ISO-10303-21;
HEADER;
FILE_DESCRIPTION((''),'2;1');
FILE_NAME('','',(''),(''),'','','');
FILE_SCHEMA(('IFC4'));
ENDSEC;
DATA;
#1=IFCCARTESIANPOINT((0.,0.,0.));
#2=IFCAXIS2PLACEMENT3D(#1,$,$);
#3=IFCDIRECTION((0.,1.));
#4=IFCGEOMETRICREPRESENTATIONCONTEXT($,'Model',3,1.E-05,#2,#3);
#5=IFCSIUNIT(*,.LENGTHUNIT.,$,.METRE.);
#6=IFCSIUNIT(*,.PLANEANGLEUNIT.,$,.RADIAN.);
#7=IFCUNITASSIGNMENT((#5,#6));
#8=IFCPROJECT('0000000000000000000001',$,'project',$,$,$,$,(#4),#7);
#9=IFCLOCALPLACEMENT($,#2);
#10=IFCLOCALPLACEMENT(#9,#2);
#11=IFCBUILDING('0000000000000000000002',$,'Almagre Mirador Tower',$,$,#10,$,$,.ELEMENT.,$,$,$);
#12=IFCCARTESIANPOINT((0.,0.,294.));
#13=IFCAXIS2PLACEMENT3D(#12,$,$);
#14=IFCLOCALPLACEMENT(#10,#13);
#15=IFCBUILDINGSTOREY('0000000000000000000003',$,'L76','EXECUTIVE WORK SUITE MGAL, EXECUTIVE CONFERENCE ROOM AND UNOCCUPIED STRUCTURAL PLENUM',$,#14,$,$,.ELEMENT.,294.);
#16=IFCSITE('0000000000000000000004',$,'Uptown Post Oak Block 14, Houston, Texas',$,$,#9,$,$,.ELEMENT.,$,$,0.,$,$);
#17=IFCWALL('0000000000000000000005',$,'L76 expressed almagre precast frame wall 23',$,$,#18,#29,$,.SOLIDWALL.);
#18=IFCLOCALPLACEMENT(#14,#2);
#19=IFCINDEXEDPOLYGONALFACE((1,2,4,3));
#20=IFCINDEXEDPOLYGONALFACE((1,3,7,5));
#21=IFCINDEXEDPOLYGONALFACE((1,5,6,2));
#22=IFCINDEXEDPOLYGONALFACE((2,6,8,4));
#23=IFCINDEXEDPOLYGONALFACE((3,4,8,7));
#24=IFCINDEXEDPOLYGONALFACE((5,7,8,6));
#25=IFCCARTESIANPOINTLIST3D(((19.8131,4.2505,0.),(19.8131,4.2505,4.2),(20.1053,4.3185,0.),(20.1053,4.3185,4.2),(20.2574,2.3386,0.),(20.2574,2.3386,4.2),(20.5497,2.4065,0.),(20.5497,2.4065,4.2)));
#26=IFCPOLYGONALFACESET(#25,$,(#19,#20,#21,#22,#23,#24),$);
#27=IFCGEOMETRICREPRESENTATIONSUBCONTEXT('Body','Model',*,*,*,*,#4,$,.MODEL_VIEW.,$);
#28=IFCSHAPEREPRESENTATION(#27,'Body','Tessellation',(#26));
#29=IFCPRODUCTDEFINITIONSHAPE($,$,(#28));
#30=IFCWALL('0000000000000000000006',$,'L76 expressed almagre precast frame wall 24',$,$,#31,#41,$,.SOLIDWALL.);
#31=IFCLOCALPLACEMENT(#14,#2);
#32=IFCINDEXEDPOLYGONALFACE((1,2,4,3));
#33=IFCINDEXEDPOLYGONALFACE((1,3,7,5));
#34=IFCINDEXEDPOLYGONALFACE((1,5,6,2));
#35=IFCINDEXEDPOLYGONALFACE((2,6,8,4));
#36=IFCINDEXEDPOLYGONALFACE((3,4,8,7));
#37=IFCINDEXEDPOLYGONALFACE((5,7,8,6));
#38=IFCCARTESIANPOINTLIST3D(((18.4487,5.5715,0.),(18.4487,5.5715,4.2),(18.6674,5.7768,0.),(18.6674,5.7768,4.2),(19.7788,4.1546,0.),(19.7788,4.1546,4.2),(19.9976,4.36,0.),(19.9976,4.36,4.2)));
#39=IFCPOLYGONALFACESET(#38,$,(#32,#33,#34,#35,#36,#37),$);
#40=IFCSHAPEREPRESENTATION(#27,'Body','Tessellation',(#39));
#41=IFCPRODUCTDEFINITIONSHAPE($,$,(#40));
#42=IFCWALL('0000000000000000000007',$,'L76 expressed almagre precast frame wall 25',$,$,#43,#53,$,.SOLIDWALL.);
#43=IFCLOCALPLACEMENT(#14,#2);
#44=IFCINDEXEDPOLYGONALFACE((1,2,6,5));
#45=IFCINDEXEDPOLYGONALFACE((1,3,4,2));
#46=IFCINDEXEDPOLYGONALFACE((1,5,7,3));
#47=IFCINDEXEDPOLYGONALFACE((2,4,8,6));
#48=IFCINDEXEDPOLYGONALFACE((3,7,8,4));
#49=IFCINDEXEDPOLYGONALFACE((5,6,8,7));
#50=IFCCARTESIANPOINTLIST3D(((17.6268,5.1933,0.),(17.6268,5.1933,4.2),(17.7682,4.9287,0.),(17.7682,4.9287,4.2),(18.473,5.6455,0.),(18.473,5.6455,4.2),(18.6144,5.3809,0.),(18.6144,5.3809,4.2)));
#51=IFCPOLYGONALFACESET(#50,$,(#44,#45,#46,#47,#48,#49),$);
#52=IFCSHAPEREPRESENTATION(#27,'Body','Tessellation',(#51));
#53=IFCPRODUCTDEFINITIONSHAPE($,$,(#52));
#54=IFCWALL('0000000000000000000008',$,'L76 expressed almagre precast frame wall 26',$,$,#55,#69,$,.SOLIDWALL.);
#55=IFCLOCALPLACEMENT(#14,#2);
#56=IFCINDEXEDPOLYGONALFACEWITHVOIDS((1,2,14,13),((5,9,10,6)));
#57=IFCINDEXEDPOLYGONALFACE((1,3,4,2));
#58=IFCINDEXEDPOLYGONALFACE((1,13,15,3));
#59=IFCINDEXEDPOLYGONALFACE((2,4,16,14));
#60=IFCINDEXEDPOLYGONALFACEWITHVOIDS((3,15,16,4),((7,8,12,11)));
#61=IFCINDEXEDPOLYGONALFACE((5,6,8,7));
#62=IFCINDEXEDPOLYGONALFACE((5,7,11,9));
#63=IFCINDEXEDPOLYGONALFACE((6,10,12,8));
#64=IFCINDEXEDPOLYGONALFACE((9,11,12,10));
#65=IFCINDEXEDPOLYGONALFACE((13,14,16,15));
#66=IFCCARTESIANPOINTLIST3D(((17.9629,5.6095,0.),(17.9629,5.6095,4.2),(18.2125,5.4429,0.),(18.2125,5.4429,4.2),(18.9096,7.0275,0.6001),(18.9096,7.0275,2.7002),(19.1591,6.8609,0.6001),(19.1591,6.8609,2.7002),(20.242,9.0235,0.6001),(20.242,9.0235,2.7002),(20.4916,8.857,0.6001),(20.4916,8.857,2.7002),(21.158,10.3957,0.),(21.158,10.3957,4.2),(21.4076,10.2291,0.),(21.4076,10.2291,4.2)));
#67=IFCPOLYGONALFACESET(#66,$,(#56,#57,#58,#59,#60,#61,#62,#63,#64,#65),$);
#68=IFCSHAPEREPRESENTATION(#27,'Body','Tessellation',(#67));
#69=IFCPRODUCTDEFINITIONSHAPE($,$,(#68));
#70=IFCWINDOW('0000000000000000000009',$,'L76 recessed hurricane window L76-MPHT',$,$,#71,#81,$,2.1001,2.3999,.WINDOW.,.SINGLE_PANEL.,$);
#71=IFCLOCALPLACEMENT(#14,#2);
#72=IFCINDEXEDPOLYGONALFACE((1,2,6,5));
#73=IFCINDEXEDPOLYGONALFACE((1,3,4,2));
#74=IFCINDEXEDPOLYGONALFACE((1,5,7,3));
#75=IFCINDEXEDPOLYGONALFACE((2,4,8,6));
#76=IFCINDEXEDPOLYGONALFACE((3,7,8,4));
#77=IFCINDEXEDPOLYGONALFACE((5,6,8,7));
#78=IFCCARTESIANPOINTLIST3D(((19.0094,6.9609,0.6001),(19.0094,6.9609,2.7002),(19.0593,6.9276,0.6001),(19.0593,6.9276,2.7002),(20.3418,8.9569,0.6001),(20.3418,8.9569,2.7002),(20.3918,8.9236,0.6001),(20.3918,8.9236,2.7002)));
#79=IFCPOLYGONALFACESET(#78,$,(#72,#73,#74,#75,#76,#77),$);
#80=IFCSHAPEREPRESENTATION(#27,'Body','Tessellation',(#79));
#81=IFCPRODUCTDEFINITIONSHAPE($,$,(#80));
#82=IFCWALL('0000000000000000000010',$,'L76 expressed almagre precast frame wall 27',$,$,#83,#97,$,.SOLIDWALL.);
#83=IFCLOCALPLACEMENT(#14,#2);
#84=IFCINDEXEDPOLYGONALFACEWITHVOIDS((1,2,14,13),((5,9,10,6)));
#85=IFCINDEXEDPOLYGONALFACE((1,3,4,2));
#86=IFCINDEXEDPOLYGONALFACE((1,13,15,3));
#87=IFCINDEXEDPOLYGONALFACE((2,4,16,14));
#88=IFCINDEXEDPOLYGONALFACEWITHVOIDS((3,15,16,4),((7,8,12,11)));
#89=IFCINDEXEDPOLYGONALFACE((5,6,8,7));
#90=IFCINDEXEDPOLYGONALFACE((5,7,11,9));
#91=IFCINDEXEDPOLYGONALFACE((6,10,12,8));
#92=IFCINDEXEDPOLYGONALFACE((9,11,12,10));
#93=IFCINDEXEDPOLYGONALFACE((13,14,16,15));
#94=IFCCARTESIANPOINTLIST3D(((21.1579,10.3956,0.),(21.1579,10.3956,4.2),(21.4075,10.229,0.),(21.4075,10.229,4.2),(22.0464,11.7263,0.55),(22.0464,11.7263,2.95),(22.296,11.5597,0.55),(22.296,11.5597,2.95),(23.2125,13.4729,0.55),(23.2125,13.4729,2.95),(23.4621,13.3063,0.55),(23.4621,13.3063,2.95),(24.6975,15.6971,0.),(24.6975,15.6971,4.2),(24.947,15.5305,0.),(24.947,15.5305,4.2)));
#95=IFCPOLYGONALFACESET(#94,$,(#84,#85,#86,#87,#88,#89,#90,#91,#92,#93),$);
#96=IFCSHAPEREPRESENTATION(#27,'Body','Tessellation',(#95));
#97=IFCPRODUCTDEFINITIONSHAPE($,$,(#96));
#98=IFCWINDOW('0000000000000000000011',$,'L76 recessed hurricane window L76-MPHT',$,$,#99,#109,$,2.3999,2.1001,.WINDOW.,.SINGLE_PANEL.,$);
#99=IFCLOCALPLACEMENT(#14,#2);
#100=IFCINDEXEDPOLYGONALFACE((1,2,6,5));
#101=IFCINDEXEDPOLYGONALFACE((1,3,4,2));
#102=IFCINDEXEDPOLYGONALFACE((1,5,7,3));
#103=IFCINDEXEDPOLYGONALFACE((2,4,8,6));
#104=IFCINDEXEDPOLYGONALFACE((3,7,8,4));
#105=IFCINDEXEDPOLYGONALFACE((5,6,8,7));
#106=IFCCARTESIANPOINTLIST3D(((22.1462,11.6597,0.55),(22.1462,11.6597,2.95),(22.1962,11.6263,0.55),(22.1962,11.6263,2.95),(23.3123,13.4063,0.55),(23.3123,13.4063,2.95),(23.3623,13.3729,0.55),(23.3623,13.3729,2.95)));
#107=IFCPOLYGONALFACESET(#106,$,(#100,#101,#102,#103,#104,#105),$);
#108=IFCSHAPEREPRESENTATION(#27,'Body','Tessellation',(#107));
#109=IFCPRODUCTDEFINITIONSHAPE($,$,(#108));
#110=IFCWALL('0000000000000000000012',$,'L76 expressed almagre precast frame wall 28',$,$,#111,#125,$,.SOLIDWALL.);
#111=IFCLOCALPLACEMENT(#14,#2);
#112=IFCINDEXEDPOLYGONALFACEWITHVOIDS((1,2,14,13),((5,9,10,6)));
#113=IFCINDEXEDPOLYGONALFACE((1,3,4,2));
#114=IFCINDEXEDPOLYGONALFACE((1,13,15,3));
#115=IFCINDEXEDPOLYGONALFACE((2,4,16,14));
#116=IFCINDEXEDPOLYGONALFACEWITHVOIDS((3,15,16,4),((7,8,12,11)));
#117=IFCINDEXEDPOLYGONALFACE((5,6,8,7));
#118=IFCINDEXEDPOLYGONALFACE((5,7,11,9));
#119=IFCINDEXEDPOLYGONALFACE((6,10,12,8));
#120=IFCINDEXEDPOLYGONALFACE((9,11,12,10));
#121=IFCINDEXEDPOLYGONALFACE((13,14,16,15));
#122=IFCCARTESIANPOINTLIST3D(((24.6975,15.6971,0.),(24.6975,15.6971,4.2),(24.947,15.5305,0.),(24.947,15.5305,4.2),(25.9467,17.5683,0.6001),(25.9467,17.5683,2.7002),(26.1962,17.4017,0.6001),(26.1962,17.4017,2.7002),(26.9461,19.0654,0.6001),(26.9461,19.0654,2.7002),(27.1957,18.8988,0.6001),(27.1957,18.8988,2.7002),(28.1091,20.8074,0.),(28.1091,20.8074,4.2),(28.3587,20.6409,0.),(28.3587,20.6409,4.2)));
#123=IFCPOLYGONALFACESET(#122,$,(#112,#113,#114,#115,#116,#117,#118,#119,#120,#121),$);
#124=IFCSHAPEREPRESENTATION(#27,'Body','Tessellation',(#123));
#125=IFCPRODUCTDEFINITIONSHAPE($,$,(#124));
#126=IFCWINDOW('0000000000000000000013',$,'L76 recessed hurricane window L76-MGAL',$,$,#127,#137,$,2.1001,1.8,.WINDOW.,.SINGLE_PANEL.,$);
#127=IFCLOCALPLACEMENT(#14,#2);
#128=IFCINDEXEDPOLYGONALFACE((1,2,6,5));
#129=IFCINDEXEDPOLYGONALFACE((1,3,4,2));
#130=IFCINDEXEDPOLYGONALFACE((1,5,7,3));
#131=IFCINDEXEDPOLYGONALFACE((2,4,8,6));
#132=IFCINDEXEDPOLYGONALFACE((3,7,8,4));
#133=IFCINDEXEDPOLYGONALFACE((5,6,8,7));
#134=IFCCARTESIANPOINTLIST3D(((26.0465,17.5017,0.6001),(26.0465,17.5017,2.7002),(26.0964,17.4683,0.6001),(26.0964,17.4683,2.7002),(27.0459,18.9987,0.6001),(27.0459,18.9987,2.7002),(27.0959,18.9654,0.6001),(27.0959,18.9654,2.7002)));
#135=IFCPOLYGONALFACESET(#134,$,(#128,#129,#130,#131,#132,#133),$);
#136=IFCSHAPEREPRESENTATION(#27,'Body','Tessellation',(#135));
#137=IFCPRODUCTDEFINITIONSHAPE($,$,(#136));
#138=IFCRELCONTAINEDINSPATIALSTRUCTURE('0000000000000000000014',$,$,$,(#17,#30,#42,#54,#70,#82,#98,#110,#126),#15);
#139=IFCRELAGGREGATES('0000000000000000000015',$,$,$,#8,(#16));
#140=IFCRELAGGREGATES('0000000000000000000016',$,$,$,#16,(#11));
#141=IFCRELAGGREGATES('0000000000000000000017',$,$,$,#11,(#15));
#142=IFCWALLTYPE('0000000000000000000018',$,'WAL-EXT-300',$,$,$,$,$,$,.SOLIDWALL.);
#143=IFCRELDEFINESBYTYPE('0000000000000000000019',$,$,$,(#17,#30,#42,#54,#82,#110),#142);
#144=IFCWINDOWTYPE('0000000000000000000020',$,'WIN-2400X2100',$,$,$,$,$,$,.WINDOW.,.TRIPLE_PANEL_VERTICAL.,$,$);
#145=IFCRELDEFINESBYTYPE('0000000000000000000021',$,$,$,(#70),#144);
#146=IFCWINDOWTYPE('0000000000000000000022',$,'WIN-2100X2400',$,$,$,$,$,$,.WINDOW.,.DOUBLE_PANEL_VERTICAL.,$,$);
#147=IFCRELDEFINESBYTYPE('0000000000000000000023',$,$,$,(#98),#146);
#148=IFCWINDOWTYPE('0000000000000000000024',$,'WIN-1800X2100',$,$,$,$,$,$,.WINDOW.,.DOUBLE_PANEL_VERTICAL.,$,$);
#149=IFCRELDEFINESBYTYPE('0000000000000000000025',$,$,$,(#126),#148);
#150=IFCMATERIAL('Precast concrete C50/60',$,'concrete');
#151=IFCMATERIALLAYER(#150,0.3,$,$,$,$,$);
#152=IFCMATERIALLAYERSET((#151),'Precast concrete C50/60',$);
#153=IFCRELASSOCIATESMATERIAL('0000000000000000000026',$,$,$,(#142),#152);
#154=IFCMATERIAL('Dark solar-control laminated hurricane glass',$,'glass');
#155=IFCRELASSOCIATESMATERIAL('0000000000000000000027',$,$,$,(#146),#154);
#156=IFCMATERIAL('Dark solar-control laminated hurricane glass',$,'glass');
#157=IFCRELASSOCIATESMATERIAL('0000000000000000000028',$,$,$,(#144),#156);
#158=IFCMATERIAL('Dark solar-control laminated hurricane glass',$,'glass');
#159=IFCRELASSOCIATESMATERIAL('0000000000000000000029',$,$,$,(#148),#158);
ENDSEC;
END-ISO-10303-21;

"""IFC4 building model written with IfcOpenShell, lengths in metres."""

from ifc_helpers import new_model, si_unit, direction, frame, frame_2d, origin, place, context, subcontext, project, spatial, rectangle, extrude, material, layer, layer_set, type_object, element, fill, save


model = new_model("IFC4")

# Units and contexts
model_context = context("Model", 3, precision=1e-05, world=origin(), true_north=direction((0.0, 1.0)))
body_context = subcontext(model_context, "Body", "Model", "MODEL_VIEW")
ifc_project = project(units=[si_unit("LENGTHUNIT", "METRE"), si_unit("PLANEANGLEUNIT", "RADIAN")], contexts=[model_context])

# Site, building, storey
site_placement = place(None, origin())
site = spatial("IfcSite", under=ifc_project, at=site_placement, Name="Uptown Post Oak Block 14, Houston, Texas", CompositionType="ELEMENT", RefElevation=0.0)
building_placement = place(site_placement, origin())
building = spatial("IfcBuilding", under=site, at=building_placement, Name="Almagre Mirador Tower", CompositionType="ELEMENT")
storey_placement = place(building_placement, frame((0.0, 0.0, 294.0)))
storey = spatial("IfcBuildingStorey", under=building, at=storey_placement, Name="L76", Description="EXECUTIVE WORK SUITE MGAL, EXECUTIVE CONFERENCE ROOM AND UNOCCUPIED STRUCTURAL PLENUM", CompositionType="ELEMENT", Elevation=294.0)

# Shared definitions
ifc_material_1 = material(Name="Precast concrete C50/60", Category="concrete")
ifc_layer_1 = layer(ifc_material_1, 0.3)
ifc_layer_set_1 = layer_set([ifc_layer_1], Name="Precast concrete C50/60")
wall_type_1 = type_object("IfcWallType", Name="WAL-EXT-300", PredefinedType="SOLIDWALL", material=ifc_layer_set_1)
ifc_material_2 = material(Name="Dark solar-control laminated hurricane glass", Category="glass")
window_type_1 = type_object("IfcWindowType", Name="WIN-2100X2400", PartitioningType="DOUBLE_PANEL_VERTICAL", PredefinedType="WINDOW", material=ifc_material_2)

# Walls
wall_1_placement = place(storey_placement, frame((20.4036, 2.3726, 0.0), z_axis=(0.0, 0.0, 1.0), x_axis=(-0.226376, 0.97404, 0.0)))
element("IfcWall", 1, at=wall_1_placement, inside=storey, type_object=wall_type_1, Name="L76 expressed almagre precast frame wall 23", PredefinedType="SOLIDWALL", context=body_context, shape_type="SweptSolid", body=[
    extrude(rectangle(XDim=1.9629, YDim=0.3, at=frame_2d((0.9814, 0.0))), origin(), (0.0, 0.0, 1.0), 4.2),
])
wall_2_placement = place(storey_placement, frame((19.8882, 4.2573, 0.0), z_axis=(0.0, 0.0, 1.0), x_axis=(-0.684455, 0.729055, 0.0)))
element("IfcWall", 2, at=wall_2_placement, inside=storey, type_object=wall_type_1, Name="L76 expressed almagre precast frame wall 24", PredefinedType="SOLIDWALL", context=body_context, shape_type="SweptSolid", body=[
    extrude(rectangle(XDim=1.9434, YDim=0.3, at=frame_2d((0.9717, 0.0))), origin(), (0.0, 0.0, 1.0), 4.2),
])
wall_3_placement = place(storey_placement, frame((18.5437, 5.5132, 0.0), z_axis=(0.0, 0.0, 1.0), x_axis=(-0.881986, -0.471275, 0.0)))
element("IfcWall", 3, at=wall_3_placement, inside=storey, type_object=wall_type_1, Name="L76 expressed almagre precast frame wall 25", PredefinedType="SOLIDWALL", context=body_context, shape_type="SweptSolid", body=[
    extrude(rectangle(XDim=0.9595, YDim=0.3, at=frame_2d((0.4797, 0.0))), origin(), (0.0, 0.0, 1.0), 4.2),
])

# Walls, openings, windows
wall_4_placement = place(storey_placement, frame((18.0876, 5.5261, 0.0), z_axis=(0.0, 0.0, 1.0), x_axis=(0.555219, 0.831704, 0.0)))
wall_4 = element("IfcWall", 4, at=wall_4_placement, inside=storey, type_object=wall_type_1, Name="L76 expressed almagre precast frame wall 26", PredefinedType="SOLIDWALL", context=body_context, shape_type="SweptSolid", body=[
    extrude(rectangle(XDim=5.7546, YDim=0.3, at=frame_2d((2.8774, 0.0))), origin(), (0.0, 0.0, 1.0), 4.2),
])
opening_1_placement = place(wall_4_placement, frame((1.7051, 0.0, 0.6001)))
opening_1 = element("IfcOpeningElement", 5, at=opening_1_placement, cuts=wall_4, PredefinedType="OPENING", context=body_context, shape_type="SweptSolid", body=[
    extrude(rectangle(XDim=2.3999, YDim=2.1001, at=frame_2d((1.2, 1.05))), frame((0.0, 0.1599, 0.0), z_axis=(0.0, -1.0, 0.0), x_axis=(1.0, 0.0, 0.0)), (0.0, 0.0, 1.0), 0.32),
])
ifc_material_3 = material(Name="Dark solar-control laminated hurricane glass", Category="glass")
window_type_2 = type_object("IfcWindowType", Name="WIN-2400X2100", PartitioningType="TRIPLE_PANEL_VERTICAL", PredefinedType="WINDOW", material=ifc_material_3)
window_1_placement = place(opening_1_placement, origin())
window_1 = element("IfcWindow", 6, at=window_1_placement, inside=storey, type_object=window_type_2, Name="L76 recessed hurricane window L76-MPHT", OverallHeight=2.1001, OverallWidth=2.3999, PartitioningType="SINGLE_PANEL", PredefinedType="WINDOW", context=body_context, shape_type="SweptSolid", body=[
    extrude(rectangle(XDim=2.3999, YDim=2.1001, at=frame_2d((1.2, 1.05))), frame((0.0, 0.03, 0.0), z_axis=(0.0, -1.0, 0.0), x_axis=(1.0, 0.0, 0.0)), (0.0, 0.0, 1.0), 0.0601),
])
fill(opening_1, window_1)
wall_5_placement = place(storey_placement, frame((21.2827, 10.3123, 0.0), z_axis=(0.0, 0.0, 1.0), x_axis=(0.555266, 0.831673, 0.0)))
wall_5 = element("IfcWall", 7, at=wall_5_placement, inside=storey, type_object=wall_type_1, Name="L76 expressed almagre precast frame wall 27", PredefinedType="SOLIDWALL", context=body_context, shape_type="SweptSolid", body=[
    extrude(rectangle(XDim=6.3745, YDim=0.3, at=frame_2d((3.1873, 0.0))), origin(), (0.0, 0.0, 1.0), 4.2),
])
opening_2_placement = place(wall_5_placement, frame((1.6001, 0.0, 0.55)))
opening_2 = element("IfcOpeningElement", 8, at=opening_2_placement, cuts=wall_5, PredefinedType="OPENING", context=body_context, shape_type="SweptSolid", body=[
    extrude(rectangle(XDim=2.1001, YDim=2.3999, at=frame_2d((1.05, 1.2))), frame((0.0, 0.1599, 0.0), z_axis=(0.0, -1.0, 0.0), x_axis=(1.0, 0.0, 0.0)), (0.0, 0.0, 1.0), 0.32),
])
window_2_placement = place(opening_2_placement, origin())
window_2 = element("IfcWindow", 9, at=window_2_placement, inside=storey, type_object=window_type_1, Name="L76 recessed hurricane window L76-MPHT", OverallHeight=2.3999, OverallWidth=2.1001, PartitioningType="SINGLE_PANEL", PredefinedType="WINDOW", context=body_context, shape_type="SweptSolid", body=[
    extrude(rectangle(XDim=2.1001, YDim=2.3999, at=frame_2d((1.05, 1.2))), frame((0.0, 0.03, 0.0), z_axis=(0.0, -1.0, 0.0), x_axis=(1.0, 0.0, 0.0)), (0.0, 0.0, 1.0), 0.0601),
])
fill(opening_2, window_2)
wall_6_placement = place(storey_placement, frame((24.8223, 15.6138, 0.0), z_axis=(0.0, 0.0, 1.0), x_axis=(0.555232, 0.831696, 0.0)))
wall_6 = element("IfcWall", 10, at=wall_6_placement, inside=storey, type_object=wall_type_1, Name="L76 expressed almagre precast frame wall 28", PredefinedType="SOLIDWALL", context=body_context, shape_type="SweptSolid", body=[
    extrude(rectangle(XDim=6.1445, YDim=0.3, at=frame_2d((3.0723, 0.0))), origin(), (0.0, 0.0, 1.0), 4.2),
])
opening_3_placement = place(wall_6_placement, frame((2.25, 0.0, 0.6001)))
opening_3 = element("IfcOpeningElement", 11, at=opening_3_placement, cuts=wall_6, PredefinedType="OPENING", context=body_context, shape_type="SweptSolid", body=[
    extrude(rectangle(XDim=1.8, YDim=2.1001, at=frame_2d((0.8999, 1.05))), frame((0.0, 0.1599, 0.0), z_axis=(0.0, -1.0, 0.0), x_axis=(1.0, 0.0, 0.0)), (0.0, 0.0, 1.0), 0.32),
])
ifc_material_4 = material(Name="Dark solar-control laminated hurricane glass", Category="glass")
window_type_3 = type_object("IfcWindowType", Name="WIN-1800X2100", PartitioningType="DOUBLE_PANEL_VERTICAL", PredefinedType="WINDOW", material=ifc_material_4)
window_3_placement = place(opening_3_placement, origin())
window_3 = element("IfcWindow", 12, at=window_3_placement, inside=storey, type_object=window_type_3, Name="L76 recessed hurricane window L76-MGAL", OverallHeight=2.1001, OverallWidth=1.8, PartitioningType="SINGLE_PANEL", PredefinedType="WINDOW", context=body_context, shape_type="SweptSolid", body=[
    extrude(rectangle(XDim=1.8, YDim=2.1001, at=frame_2d((0.8999, 1.05))), frame((0.0, 0.03, 0.0), z_axis=(0.0, -1.0, 0.0), x_axis=(1.0, 0.0, 0.0)), (0.0, 0.0, 1.0), 0.0601),
])
fill(opening_3, window_3)

save(model, "model.ifc")
